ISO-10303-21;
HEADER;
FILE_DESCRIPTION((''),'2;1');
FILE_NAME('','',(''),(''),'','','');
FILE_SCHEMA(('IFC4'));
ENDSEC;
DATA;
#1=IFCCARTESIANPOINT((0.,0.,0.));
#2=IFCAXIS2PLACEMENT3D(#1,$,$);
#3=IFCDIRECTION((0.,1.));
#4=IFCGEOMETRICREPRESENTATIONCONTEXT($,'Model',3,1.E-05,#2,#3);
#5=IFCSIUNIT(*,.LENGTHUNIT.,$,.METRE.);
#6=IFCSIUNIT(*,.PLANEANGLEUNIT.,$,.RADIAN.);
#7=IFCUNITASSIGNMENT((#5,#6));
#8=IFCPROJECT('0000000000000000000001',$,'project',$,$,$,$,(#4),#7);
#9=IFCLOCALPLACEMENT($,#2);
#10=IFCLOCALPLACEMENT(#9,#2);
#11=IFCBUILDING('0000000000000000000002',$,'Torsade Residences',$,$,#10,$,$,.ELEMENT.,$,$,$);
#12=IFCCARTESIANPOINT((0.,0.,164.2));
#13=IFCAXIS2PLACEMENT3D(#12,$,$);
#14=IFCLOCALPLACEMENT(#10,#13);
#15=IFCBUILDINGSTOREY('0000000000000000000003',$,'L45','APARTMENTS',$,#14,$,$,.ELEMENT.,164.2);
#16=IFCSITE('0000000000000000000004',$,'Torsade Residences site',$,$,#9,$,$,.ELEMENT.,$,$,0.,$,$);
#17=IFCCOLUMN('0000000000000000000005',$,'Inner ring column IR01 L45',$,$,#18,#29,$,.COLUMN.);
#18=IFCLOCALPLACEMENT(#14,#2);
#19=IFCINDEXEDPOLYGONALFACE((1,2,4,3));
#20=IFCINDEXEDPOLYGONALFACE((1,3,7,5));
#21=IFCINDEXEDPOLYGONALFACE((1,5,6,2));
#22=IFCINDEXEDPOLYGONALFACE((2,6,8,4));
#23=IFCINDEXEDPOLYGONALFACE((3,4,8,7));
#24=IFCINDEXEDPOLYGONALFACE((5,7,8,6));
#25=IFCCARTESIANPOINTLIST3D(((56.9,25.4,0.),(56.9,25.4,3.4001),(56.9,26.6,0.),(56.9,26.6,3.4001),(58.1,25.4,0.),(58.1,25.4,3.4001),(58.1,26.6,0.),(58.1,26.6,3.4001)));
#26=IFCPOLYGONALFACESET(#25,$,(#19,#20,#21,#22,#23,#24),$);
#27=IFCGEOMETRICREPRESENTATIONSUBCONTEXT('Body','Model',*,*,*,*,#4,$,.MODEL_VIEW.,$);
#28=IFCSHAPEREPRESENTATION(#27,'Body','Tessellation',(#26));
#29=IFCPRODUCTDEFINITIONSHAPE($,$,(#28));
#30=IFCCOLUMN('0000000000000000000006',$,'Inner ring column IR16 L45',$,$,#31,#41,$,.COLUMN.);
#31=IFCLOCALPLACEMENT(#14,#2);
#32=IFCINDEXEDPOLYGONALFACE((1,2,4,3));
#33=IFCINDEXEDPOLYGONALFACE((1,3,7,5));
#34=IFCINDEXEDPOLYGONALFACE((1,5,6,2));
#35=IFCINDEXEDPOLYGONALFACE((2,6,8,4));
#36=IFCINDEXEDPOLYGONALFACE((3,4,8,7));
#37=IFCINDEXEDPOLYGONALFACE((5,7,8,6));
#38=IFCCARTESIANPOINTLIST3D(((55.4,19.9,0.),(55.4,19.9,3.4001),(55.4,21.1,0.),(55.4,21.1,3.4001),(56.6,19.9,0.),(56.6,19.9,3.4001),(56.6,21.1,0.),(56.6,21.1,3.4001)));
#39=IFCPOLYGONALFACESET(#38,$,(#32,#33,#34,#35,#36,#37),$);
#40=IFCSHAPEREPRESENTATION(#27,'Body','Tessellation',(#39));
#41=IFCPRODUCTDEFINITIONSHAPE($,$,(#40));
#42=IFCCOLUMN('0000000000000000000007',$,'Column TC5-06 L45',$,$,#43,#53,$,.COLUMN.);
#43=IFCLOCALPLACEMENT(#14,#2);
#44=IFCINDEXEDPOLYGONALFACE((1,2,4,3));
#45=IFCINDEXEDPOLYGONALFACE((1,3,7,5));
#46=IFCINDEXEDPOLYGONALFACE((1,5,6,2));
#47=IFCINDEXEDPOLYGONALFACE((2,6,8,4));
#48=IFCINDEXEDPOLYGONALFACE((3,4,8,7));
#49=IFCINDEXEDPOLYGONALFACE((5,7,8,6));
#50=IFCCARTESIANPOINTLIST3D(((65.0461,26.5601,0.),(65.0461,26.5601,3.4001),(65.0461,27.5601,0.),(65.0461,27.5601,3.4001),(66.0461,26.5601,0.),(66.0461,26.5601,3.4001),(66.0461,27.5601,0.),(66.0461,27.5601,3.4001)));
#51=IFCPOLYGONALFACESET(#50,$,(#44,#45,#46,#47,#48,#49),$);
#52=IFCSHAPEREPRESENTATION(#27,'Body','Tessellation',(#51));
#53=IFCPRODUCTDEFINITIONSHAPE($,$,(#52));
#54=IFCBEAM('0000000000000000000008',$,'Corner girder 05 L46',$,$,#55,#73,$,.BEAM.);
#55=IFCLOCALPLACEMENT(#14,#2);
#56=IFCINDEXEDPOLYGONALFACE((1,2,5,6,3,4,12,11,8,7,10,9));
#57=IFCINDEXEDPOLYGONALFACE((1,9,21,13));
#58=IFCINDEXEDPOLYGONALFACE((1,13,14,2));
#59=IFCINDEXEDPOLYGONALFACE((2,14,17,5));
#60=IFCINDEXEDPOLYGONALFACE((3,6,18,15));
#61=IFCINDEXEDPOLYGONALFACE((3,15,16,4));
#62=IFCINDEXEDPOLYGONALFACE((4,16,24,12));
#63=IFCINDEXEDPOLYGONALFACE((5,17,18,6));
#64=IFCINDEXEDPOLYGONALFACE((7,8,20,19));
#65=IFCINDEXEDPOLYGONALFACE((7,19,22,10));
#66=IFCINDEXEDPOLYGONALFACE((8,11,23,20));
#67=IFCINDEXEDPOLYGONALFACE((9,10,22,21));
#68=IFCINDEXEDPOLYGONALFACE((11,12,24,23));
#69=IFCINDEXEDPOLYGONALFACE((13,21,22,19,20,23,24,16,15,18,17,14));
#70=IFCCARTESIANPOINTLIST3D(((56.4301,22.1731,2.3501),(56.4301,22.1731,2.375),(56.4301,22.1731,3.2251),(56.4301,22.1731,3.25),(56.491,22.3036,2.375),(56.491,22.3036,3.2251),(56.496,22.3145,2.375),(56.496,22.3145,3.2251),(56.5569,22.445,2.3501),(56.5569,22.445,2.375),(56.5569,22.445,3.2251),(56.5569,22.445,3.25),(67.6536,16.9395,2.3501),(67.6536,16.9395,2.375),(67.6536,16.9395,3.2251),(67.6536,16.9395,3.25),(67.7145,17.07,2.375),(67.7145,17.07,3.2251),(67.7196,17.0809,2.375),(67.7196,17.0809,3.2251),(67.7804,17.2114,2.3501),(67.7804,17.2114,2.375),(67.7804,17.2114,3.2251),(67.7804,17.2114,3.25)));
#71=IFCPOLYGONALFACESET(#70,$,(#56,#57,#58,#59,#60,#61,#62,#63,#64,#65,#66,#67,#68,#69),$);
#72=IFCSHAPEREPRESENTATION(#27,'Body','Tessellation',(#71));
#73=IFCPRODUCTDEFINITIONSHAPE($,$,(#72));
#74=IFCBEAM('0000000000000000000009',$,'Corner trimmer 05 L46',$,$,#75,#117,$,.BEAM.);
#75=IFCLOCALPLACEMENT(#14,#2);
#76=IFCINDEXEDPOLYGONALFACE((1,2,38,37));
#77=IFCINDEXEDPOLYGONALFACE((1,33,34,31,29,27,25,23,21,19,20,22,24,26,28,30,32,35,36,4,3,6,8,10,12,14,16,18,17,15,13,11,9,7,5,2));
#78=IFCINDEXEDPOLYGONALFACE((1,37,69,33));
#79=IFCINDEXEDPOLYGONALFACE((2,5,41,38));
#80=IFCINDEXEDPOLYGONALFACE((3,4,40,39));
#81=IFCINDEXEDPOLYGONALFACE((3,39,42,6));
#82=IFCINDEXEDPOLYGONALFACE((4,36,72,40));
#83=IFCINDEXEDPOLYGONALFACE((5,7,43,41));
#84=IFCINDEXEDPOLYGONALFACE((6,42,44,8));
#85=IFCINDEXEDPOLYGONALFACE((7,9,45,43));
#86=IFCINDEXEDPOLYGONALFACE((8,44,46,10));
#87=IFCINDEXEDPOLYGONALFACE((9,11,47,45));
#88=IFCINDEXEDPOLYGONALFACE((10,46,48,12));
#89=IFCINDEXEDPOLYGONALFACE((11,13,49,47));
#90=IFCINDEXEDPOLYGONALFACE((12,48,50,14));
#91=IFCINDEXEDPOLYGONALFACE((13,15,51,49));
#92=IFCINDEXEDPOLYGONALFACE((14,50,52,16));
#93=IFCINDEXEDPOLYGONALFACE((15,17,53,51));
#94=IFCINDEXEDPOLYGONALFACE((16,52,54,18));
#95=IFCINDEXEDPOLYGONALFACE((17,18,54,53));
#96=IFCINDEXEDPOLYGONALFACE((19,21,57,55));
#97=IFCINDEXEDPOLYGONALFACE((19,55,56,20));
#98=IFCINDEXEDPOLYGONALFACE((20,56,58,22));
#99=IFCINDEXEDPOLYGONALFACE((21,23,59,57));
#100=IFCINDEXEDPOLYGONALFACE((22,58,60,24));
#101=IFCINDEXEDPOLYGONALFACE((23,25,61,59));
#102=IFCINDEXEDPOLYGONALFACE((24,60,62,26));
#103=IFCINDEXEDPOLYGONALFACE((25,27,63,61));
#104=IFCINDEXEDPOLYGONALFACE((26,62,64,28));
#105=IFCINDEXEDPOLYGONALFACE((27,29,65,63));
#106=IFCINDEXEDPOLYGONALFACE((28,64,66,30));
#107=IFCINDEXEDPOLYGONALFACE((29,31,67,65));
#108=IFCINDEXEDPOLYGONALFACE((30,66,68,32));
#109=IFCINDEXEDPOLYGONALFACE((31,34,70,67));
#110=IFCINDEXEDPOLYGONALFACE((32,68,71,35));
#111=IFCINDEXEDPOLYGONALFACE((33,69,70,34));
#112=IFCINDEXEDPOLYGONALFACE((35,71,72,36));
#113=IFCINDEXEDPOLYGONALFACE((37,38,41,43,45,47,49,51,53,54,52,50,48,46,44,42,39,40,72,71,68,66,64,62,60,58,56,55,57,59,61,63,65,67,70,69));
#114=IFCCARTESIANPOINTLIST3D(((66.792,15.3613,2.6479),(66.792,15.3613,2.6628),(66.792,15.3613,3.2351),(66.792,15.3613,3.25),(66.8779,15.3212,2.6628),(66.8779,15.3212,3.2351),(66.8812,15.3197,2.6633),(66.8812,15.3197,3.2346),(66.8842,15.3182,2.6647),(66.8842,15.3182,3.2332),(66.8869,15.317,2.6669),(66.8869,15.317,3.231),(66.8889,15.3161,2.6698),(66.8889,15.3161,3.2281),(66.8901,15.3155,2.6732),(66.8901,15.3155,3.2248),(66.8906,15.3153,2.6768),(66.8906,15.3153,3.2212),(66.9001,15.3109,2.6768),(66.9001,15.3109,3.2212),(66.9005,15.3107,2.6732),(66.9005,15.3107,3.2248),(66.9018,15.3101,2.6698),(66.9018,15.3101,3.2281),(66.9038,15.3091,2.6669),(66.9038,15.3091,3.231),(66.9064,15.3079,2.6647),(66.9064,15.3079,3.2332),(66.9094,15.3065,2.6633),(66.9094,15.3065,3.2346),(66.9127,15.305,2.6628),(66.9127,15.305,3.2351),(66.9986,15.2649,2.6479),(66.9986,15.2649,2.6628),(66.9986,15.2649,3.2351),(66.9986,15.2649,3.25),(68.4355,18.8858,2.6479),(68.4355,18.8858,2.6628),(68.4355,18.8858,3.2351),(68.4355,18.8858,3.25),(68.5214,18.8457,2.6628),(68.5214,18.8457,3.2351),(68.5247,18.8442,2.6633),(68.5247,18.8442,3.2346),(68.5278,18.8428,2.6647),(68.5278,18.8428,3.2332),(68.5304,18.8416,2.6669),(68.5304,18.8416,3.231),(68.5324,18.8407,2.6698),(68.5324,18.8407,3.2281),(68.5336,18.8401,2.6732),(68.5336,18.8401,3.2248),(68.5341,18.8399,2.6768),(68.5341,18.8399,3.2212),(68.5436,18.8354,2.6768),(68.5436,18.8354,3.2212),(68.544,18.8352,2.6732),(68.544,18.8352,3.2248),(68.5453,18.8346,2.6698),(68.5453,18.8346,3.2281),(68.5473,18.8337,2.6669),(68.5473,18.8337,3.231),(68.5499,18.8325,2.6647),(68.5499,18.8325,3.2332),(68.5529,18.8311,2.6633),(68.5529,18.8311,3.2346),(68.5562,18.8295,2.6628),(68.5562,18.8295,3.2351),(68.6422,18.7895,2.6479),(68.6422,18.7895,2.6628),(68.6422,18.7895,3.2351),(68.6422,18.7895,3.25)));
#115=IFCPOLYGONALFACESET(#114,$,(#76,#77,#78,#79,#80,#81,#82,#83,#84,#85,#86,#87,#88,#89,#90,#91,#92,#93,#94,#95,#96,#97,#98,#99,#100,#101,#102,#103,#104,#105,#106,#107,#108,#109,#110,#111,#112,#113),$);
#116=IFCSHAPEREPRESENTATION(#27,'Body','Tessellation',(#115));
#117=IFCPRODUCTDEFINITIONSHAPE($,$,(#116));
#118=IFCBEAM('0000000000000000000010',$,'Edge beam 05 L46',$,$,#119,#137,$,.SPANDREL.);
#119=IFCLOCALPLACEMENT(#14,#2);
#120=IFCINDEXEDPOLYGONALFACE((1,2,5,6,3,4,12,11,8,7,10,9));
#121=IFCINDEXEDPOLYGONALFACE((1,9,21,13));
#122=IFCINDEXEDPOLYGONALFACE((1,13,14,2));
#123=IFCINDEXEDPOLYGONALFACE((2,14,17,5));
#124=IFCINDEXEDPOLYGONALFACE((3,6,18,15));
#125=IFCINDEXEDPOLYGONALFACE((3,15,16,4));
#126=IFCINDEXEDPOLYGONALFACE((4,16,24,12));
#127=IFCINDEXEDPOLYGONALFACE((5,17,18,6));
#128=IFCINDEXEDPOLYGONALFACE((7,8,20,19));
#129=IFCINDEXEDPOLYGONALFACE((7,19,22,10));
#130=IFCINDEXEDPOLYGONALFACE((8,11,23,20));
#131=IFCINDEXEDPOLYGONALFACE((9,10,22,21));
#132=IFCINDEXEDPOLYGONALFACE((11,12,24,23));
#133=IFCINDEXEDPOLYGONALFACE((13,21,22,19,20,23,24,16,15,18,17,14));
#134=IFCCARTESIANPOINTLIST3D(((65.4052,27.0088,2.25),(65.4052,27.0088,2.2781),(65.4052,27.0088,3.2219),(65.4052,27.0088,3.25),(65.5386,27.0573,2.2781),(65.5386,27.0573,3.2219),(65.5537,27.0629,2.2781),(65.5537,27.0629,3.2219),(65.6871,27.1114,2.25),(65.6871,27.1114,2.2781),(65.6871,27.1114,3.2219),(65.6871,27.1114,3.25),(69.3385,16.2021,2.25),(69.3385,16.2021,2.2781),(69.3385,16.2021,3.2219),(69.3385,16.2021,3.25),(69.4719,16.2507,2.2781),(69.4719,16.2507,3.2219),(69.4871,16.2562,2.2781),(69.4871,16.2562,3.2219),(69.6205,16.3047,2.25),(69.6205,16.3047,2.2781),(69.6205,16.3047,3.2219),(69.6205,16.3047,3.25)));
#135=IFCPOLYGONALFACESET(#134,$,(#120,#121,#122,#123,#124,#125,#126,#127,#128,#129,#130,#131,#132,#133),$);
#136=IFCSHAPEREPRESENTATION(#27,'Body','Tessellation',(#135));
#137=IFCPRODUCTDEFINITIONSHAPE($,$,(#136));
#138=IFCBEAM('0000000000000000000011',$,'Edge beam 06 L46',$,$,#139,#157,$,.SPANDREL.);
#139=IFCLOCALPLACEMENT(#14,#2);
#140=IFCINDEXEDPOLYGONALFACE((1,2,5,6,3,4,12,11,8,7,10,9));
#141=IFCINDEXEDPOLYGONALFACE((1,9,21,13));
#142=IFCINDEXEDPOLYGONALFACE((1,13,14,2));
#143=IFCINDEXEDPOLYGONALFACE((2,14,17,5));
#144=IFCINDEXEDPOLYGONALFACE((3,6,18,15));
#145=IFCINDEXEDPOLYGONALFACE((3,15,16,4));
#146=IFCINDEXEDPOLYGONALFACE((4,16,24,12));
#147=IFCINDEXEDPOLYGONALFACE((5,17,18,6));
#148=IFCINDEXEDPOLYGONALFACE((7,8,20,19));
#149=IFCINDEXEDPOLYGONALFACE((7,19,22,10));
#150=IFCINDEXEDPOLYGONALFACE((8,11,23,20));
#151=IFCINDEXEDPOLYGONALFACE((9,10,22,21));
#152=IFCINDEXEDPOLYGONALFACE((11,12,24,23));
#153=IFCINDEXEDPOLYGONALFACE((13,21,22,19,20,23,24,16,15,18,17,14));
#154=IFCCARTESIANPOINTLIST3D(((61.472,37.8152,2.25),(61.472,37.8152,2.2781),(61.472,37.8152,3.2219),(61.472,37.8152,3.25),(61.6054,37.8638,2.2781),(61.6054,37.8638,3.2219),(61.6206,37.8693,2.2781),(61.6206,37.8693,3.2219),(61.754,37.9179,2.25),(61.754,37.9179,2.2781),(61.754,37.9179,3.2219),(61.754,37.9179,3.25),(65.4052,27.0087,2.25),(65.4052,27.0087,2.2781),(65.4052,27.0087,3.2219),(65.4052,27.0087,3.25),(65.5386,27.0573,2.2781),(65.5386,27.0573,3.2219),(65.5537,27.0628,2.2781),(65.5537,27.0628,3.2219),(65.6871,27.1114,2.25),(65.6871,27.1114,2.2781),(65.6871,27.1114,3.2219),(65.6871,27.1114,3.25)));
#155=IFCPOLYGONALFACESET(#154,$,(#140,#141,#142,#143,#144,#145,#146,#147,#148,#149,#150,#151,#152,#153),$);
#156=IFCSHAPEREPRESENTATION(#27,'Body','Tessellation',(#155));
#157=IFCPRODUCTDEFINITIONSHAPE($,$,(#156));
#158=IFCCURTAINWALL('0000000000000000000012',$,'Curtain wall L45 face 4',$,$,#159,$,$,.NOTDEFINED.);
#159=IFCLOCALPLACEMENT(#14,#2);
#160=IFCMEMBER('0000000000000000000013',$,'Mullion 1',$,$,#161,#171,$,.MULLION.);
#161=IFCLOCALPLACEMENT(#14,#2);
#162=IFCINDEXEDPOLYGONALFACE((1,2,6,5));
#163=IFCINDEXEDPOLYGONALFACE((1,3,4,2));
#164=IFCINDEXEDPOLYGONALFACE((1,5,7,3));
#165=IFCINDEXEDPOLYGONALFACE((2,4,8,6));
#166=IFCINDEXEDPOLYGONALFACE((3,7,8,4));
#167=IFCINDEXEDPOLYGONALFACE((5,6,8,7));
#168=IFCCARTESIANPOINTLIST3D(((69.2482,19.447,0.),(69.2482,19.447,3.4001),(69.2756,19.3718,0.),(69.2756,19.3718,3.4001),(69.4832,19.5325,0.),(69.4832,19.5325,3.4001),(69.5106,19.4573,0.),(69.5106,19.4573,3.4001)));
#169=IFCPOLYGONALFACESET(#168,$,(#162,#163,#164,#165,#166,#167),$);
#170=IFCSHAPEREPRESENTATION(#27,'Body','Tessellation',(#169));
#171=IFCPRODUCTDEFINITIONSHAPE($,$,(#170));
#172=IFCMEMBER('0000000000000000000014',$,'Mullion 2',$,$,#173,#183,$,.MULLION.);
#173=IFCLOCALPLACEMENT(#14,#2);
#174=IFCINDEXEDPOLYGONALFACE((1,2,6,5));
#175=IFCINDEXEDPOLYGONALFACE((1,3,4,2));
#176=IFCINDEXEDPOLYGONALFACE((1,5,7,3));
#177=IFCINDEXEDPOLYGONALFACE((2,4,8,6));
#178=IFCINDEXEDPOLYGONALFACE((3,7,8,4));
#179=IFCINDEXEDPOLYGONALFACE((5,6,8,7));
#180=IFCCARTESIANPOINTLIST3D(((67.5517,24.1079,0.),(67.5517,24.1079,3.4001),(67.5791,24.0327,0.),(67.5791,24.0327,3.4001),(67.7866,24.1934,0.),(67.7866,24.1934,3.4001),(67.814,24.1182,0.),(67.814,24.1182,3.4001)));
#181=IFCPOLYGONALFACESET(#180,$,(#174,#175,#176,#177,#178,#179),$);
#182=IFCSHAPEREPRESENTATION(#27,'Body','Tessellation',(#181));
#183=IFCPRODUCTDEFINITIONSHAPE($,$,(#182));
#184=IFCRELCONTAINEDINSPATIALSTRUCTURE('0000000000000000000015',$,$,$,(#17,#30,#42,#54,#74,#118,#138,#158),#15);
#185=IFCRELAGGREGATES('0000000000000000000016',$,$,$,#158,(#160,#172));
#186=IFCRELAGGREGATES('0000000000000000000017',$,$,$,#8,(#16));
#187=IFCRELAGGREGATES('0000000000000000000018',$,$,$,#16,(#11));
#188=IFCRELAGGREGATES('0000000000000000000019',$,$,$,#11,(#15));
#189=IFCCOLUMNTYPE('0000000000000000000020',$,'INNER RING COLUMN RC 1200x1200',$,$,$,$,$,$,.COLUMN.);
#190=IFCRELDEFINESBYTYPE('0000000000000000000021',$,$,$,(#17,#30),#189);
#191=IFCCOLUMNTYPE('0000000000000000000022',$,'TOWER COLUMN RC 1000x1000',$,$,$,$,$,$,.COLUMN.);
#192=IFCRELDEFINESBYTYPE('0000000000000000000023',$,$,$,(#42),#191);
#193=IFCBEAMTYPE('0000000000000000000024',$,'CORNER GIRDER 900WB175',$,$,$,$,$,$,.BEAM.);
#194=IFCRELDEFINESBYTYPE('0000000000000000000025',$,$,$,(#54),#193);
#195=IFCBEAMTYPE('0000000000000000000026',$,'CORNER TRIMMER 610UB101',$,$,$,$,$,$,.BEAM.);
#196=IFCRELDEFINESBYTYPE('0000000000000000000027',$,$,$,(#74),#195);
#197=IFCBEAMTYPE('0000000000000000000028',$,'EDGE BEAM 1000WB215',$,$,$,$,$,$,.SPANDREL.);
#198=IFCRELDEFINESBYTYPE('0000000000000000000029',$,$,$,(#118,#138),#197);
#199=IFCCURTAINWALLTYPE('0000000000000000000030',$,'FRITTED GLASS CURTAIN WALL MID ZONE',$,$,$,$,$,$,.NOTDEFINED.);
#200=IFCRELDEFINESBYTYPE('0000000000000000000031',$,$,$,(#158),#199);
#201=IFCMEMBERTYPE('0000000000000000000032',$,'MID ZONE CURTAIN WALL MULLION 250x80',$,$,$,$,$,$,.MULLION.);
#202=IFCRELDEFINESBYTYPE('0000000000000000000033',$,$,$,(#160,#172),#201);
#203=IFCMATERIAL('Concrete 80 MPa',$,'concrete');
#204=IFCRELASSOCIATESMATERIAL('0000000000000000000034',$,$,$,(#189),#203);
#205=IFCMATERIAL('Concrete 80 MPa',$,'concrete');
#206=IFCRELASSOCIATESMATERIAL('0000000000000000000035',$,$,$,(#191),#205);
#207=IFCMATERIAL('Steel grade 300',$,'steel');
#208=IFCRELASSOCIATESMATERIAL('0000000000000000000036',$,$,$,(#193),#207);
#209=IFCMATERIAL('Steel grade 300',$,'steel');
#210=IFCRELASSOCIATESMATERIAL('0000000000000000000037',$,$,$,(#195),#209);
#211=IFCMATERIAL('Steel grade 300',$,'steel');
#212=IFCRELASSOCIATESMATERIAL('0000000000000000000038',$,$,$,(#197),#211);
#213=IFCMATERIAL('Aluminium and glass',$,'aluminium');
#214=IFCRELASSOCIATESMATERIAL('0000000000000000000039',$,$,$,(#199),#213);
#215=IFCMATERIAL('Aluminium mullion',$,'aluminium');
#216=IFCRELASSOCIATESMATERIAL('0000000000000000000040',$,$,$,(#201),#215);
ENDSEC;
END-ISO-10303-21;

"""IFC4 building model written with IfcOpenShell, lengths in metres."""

from ifc_helpers import new_model, si_unit, direction, frame, origin, origin_2d, place, context, subcontext, project, spatial, rectangle, i_section, extrude, material, material_profile, profile_set, type_object, element, aggregate, save


model = new_model("IFC4")

# Units and contexts
model_context = context("Model", 3, precision=1e-05, world=origin(), true_north=direction((0.0, 1.0)))
body_context = subcontext(model_context, "Body", "Model", "MODEL_VIEW")
ifc_project = project(units=[si_unit("LENGTHUNIT", "METRE"), si_unit("PLANEANGLEUNIT", "RADIAN")], contexts=[model_context])

# Site, building, storey
site_placement = place(None, origin())
site = spatial("IfcSite", under=ifc_project, at=site_placement, Name="Torsade Residences site", CompositionType="ELEMENT", RefElevation=0.0)
building_placement = place(site_placement, origin())
building = spatial("IfcBuilding", under=site, at=building_placement, Name="Torsade Residences", CompositionType="ELEMENT")
storey_placement = place(building_placement, frame((0.0, 0.0, 164.2)))
storey = spatial("IfcBuildingStorey", under=building, at=storey_placement, Name="L45", Description="APARTMENTS", CompositionType="ELEMENT", Elevation=164.2)

# Columns
ifc_material_1 = material(Name="Concrete 80 MPa", Category="concrete")
ifc_material_profile_1 = material_profile(ifc_material_1, rectangle(XDim=1.2, YDim=1.2, at=origin_2d()), Name="RC 1200x1200")
ifc_profile_set_1 = profile_set([ifc_material_profile_1], Name="Concrete 80 MPa")
column_type_1 = type_object("IfcColumnType", Name="INNER RING COLUMN RC 1200x1200", PredefinedType="COLUMN", material=ifc_profile_set_1)
for number, where, z_axis, x_axis, name in (
    (1, (57.5, 26.0, 0.0), (0.0, 0.0, 1.0), (1.0, 0.0, 0.0), "Inner ring column IR01 L45"),
    (2, (56.0, 20.5, 0.0), (0.0, 0.0, 1.0), (1.0, 0.0, 0.0), "Inner ring column IR16 L45"),
):
    element("IfcColumn", number, at=place(storey_placement, frame(where, z_axis=z_axis, x_axis=x_axis)), inside=storey, type_object=column_type_1, Name=name, PredefinedType="COLUMN", context=body_context, shape_type="SweptSolid", body=[
        extrude(rectangle(XDim=1.2, YDim=1.2, at=origin_2d()), origin(), (0.0, 0.0, 1.0), 3.4001),
    ])
ifc_material_2 = material(Name="Concrete 80 MPa", Category="concrete")
ifc_material_profile_2 = material_profile(ifc_material_2, rectangle(XDim=1.0, YDim=1.0, at=origin_2d()), Name="RC 1000x1000")
ifc_profile_set_2 = profile_set([ifc_material_profile_2], Name="Concrete 80 MPa")
column_type_2 = type_object("IfcColumnType", Name="TOWER COLUMN RC 1000x1000", PredefinedType="COLUMN", material=ifc_profile_set_2)
column_placement = place(storey_placement, frame((65.5461, 27.0601, 0.0), z_axis=(0.0, 0.0, 1.0), x_axis=(1.0, 0.0, 0.0)))
element("IfcColumn", 3, at=column_placement, inside=storey, type_object=column_type_2, Name="Column TC5-06 L45", PredefinedType="COLUMN", context=body_context, shape_type="SweptSolid", body=[
    extrude(rectangle(XDim=1.0, YDim=1.0, at=origin_2d()), origin(), (0.0, 0.0, 1.0), 3.4001),
])

# Beams
ifc_material_3 = material(Name="Steel grade 300", Category="steel")
ifc_material_profile_3 = material_profile(ifc_material_3, i_section(OverallWidth=0.3, OverallDepth=0.8999, WebThickness=0.012, FlangeThickness=0.0249, at=origin_2d()), Name="900WB175")
ifc_profile_set_3 = profile_set([ifc_material_profile_3], Name="Steel grade 300")
beam_type_1 = type_object("IfcBeamType", Name="CORNER GIRDER 900WB175", PredefinedType="BEAM", material=ifc_profile_set_3)
beam_1_placement = place(storey_placement, frame((67.717, 17.0754, 2.8), z_axis=(-0.906309, 0.422617, 0.0), x_axis=(-0.422617, -0.906309, 0.0)))
element("IfcBeam", 4, at=beam_1_placement, inside=storey, type_object=beam_type_1, Name="Corner girder 05 L46", PredefinedType="BEAM", context=body_context, shape_type="SweptSolid", body=[
    extrude(i_section(OverallWidth=0.3, OverallDepth=0.8999, WebThickness=0.012, FlangeThickness=0.0249, at=origin_2d()), origin(), (0.0, 0.0, 1.0), 12.3838),
])
ifc_material_4 = material(Name="Steel grade 300", Category="steel")
ifc_material_profile_4 = material_profile(ifc_material_4, i_section(OverallWidth=0.228, OverallDepth=0.6021, WebThickness=0.0105, FlangeThickness=0.0149, FilletRadius=0.0139, at=origin_2d()), Name="610UB101")
ifc_profile_set_4 = profile_set([ifc_material_profile_4], Name="Steel grade 300")
beam_type_2 = type_object("IfcBeamType", Name="CORNER TRIMMER 610UB101", PredefinedType="BEAM", material=ifc_profile_set_4)
beam_2_placement = place(storey_placement, frame((68.5388, 18.8376, 2.949), z_axis=(-0.422614, -0.90631, 0.0), x_axis=(0.90631, -0.422614, 0.0)))
element("IfcBeam", 5, at=beam_2_placement, inside=storey, type_object=beam_type_2, Name="Corner trimmer 05 L46", PredefinedType="BEAM", context=body_context, shape_type="SweptSolid", body=[
    extrude(i_section(OverallWidth=0.228, OverallDepth=0.6021, WebThickness=0.0105, FlangeThickness=0.0149, FilletRadius=0.0139, at=origin_2d()), origin(), (0.0, 0.0, 1.0), 3.8889),
])
ifc_material_5 = material(Name="Steel grade 300", Category="steel")
ifc_material_profile_5 = material_profile(ifc_material_5, i_section(OverallWidth=0.3, OverallDepth=1.0, WebThickness=0.0161, FlangeThickness=0.0281, at=origin_2d()), Name="1000WB215")
ifc_profile_set_5 = profile_set([ifc_material_profile_5], Name="Steel grade 300")
beam_type_3 = type_object("IfcBeamType", Name="EDGE BEAM 1000WB215", PredefinedType="SPANDREL", material=ifc_profile_set_5)
beam_3_placement = place(storey_placement, frame((69.4795, 16.2534, 2.75), z_axis=(-0.342024, 0.939691, 0.0), x_axis=(-0.939691, -0.342024, 0.0)))
element("IfcBeam", 6, at=beam_3_placement, inside=storey, type_object=beam_type_3, Name="Edge beam 05 L46", PredefinedType="SPANDREL", context=body_context, shape_type="SweptSolid", body=[
    extrude(i_section(OverallWidth=0.3, OverallDepth=1.0, WebThickness=0.0161, FlangeThickness=0.0281, at=origin_2d()), origin(), (0.0, 0.0, 1.0), 11.5002),
])
beam_4_placement = place(storey_placement, frame((65.5461, 27.0601, 2.75), z_axis=(-0.342012, 0.939695, 0.0), x_axis=(-0.939695, -0.342012, 0.0)))
element("IfcBeam", 7, at=beam_4_placement, inside=storey, type_object=beam_type_3, Name="Edge beam 06 L46", PredefinedType="SPANDREL", context=body_context, shape_type="SweptSolid", body=[
    extrude(i_section(OverallWidth=0.3, OverallDepth=1.0, WebThickness=0.0161, FlangeThickness=0.0281, at=origin_2d()), origin(), (0.0, 0.0, 1.0), 11.5),
])

# Curtain wall, members
ifc_material_6 = material(Name="Aluminium and glass", Category="aluminium")
curtain_wall_type = type_object("IfcCurtainWallType", Name="FRITTED GLASS CURTAIN WALL MID ZONE", PredefinedType="NOTDEFINED", material=ifc_material_6)
curtain_wall_placement = place(storey_placement, origin())
curtain_wall = element("IfcCurtainWall", 8, at=curtain_wall_placement, inside=storey, type_object=curtain_wall_type, Name="Curtain wall L45 face 4", PredefinedType="NOTDEFINED")
ifc_material_7 = material(Name="Aluminium mullion", Category="aluminium")
ifc_material_profile_6 = material_profile(ifc_material_7, rectangle(XDim=0.25, YDim=0.0801, at=origin_2d()), Name="MID ZONE CURTAIN WALL MULLION 250x80")
ifc_profile_set_6 = profile_set([ifc_material_profile_6], Name="Aluminium mullion")
member_type_1 = type_object("IfcMemberType", Name="MID ZONE CURTAIN WALL MULLION 250x80", PredefinedType="MULLION", material=ifc_profile_set_6)
member_1_placement = place(storey_placement, frame((69.3794, 19.4521, 0.0), z_axis=(0.0, 0.0, 1.0), x_axis=(-0.939693, -0.34202, 0.0)))
member_1 = element("IfcMember", 9, at=member_1_placement, type_object=member_type_1, Name="Mullion 1", PredefinedType="MULLION", context=body_context, shape_type="SweptSolid", body=[
    extrude(rectangle(XDim=0.25, YDim=0.0801, at=origin_2d()), origin(), (0.0, 0.0, 1.0), 3.4001),
])
member_2_placement = place(storey_placement, frame((67.6829, 24.113, 0.0), z_axis=(0.0, 0.0, 1.0), x_axis=(-0.939693, -0.34202, 0.0)))
member_2 = element("IfcMember", 10, at=member_2_placement, type_object=member_type_1, Name="Mullion 2", PredefinedType="MULLION", context=body_context, shape_type="SweptSolid", body=[
    extrude(rectangle(XDim=0.25, YDim=0.0801, at=origin_2d()), origin(), (0.0, 0.0, 1.0), 3.4001),
])

aggregate(curtain_wall, [member_1, member_2])

save(model, "model.ifc")
